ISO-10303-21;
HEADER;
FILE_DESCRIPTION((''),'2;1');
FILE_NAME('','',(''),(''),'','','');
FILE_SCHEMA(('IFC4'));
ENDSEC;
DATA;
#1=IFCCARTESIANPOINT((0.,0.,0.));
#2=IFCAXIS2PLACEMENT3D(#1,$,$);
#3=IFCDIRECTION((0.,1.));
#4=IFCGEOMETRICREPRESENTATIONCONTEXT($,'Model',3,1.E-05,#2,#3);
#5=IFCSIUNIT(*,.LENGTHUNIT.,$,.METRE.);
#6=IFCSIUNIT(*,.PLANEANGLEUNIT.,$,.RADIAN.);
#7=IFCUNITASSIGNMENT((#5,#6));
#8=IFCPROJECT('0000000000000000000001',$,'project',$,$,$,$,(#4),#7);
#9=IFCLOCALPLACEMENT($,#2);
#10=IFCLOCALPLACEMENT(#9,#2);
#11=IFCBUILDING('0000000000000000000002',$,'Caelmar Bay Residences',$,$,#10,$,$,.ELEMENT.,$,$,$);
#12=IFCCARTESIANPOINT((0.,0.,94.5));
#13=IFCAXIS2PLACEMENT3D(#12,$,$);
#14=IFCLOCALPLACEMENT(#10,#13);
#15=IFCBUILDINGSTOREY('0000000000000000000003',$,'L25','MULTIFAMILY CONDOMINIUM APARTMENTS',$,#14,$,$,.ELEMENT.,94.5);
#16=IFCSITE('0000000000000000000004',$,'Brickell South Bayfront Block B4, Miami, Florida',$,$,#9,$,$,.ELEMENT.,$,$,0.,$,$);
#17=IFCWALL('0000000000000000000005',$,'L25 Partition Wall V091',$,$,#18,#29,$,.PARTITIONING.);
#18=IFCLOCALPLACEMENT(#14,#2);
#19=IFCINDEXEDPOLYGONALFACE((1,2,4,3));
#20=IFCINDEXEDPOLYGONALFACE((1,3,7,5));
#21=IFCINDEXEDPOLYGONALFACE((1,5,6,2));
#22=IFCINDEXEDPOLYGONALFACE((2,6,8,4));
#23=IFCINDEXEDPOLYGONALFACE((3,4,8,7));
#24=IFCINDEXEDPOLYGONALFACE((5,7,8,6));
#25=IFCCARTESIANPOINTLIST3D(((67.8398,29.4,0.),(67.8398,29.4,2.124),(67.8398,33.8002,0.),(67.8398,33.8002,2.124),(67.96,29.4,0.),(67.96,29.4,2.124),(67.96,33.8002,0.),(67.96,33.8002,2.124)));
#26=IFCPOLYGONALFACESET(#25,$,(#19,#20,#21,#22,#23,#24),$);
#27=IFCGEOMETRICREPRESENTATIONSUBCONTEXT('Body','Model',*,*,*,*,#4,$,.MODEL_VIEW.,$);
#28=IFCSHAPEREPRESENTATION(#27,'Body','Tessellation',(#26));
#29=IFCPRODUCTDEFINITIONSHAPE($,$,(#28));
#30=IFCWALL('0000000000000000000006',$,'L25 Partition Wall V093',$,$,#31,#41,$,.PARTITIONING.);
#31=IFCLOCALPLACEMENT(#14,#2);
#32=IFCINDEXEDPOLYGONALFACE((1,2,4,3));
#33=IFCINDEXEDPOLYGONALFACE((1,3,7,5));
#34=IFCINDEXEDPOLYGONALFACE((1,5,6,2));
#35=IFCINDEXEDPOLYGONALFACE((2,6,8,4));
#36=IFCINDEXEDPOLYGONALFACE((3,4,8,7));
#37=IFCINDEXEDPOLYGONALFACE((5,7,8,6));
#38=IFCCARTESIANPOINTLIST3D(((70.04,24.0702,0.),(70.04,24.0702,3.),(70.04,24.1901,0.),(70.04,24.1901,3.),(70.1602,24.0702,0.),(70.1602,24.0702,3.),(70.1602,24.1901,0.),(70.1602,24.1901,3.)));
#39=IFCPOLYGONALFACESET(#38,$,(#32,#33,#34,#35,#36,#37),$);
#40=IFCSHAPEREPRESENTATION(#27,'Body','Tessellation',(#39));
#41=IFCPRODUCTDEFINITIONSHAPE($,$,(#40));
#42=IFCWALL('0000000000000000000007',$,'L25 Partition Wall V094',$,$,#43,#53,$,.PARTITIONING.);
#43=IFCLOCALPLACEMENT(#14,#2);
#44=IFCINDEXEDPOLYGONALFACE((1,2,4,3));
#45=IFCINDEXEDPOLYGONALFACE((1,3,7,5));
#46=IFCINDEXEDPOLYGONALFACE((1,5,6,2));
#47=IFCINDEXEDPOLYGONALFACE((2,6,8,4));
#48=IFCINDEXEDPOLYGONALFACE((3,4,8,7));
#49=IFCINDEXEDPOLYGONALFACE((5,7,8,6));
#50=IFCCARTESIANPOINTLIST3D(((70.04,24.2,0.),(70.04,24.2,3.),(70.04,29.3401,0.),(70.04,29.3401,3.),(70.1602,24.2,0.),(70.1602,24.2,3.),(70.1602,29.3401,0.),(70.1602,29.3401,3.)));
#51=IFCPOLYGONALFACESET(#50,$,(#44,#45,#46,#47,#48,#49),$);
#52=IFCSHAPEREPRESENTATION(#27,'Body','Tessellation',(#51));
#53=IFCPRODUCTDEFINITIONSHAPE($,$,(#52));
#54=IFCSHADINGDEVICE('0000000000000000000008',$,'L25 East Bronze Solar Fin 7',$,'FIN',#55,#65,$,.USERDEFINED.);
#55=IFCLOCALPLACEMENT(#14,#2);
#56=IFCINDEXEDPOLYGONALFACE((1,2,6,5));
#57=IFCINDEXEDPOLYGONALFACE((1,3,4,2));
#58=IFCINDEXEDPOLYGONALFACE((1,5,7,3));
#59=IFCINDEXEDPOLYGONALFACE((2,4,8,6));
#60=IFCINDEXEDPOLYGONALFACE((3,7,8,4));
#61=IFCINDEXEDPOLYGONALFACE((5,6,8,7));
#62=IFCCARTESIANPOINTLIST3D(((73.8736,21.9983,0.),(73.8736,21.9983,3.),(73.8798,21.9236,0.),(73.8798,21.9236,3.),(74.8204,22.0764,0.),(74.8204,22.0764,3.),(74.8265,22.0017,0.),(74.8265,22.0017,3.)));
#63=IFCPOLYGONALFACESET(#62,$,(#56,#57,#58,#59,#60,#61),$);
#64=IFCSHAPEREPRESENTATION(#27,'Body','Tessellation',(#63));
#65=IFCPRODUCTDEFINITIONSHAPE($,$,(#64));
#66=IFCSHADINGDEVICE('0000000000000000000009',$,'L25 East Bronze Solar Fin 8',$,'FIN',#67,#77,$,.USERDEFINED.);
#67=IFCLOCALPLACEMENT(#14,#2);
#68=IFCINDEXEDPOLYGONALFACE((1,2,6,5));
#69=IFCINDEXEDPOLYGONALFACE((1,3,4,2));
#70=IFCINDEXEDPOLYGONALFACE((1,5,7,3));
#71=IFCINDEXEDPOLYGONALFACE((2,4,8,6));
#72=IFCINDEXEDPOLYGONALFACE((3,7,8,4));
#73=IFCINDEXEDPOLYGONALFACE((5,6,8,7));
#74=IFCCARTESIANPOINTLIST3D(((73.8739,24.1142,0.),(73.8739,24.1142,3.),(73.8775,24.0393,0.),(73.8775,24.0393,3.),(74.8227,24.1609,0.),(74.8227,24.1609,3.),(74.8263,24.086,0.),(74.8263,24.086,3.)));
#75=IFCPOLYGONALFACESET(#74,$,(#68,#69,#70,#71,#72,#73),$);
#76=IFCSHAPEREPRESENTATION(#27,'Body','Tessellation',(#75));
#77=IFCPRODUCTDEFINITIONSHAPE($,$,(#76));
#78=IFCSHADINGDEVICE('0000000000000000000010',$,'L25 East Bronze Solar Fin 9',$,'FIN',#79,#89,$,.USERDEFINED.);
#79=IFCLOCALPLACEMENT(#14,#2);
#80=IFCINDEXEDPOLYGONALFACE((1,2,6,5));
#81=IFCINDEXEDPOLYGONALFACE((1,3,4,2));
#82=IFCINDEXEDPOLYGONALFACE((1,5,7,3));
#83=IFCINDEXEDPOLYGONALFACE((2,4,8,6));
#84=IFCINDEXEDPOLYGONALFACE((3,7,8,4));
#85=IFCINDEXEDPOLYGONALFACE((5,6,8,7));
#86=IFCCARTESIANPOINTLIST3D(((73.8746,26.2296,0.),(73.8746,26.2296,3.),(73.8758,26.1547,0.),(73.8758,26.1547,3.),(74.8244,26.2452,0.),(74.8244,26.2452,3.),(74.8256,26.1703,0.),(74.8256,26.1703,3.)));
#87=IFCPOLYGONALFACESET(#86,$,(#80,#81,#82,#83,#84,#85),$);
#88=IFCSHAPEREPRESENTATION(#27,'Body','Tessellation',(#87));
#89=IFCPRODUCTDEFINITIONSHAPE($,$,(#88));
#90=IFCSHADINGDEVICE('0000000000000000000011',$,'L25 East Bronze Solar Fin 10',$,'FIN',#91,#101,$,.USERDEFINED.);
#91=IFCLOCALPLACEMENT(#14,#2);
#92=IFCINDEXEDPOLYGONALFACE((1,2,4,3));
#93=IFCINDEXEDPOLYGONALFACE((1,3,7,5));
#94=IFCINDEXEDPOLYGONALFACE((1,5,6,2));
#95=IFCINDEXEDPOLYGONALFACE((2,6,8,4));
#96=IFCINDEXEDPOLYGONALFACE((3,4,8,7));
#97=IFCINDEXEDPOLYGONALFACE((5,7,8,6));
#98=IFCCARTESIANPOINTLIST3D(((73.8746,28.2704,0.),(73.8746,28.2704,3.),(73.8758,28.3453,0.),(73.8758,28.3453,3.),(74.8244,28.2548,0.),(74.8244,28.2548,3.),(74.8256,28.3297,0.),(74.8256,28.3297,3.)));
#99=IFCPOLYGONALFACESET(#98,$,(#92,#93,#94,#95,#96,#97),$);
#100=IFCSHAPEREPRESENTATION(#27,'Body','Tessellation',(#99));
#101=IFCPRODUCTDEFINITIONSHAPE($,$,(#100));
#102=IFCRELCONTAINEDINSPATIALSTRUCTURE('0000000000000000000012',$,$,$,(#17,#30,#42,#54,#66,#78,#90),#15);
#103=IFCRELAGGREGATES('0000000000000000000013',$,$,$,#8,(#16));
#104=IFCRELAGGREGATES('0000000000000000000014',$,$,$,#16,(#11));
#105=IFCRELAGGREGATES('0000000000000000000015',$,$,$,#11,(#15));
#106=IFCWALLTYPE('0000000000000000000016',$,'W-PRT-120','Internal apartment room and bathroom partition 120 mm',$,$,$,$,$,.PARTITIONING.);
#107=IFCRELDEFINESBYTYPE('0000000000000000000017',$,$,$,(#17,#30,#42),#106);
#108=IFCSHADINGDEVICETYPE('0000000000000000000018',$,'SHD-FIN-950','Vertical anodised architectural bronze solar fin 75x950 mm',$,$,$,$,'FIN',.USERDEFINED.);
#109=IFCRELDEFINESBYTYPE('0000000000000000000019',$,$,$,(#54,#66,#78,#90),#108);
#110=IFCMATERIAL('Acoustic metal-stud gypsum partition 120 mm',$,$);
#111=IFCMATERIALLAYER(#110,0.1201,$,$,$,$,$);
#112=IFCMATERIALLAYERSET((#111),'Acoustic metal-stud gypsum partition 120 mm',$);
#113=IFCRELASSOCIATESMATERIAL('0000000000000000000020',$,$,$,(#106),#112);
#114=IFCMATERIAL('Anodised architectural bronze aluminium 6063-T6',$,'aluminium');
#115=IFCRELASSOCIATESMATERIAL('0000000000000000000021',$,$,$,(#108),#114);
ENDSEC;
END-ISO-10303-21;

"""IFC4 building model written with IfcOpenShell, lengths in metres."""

from ifc_helpers import new_model, si_unit, direction, frame, frame_2d, origin, origin_2d, place, context, subcontext, project, spatial, rectangle, extrude, material, layer, layer_set, material_profile, profile_set, type_object, element, save


model = new_model("IFC4")

# Units and contexts
model_context = context("Model", 3, precision=1e-05, world=origin(), true_north=direction((0.0, 1.0)))
body_context = subcontext(model_context, "Body", "Model", "MODEL_VIEW")
ifc_project = project(units=[si_unit("LENGTHUNIT", "METRE"), si_unit("PLANEANGLEUNIT", "RADIAN")], contexts=[model_context])

# Site, building, storey
site_placement = place(None, origin())
site = spatial("IfcSite", under=ifc_project, at=site_placement, Name="Brickell South Bayfront Block B4, Miami, Florida", CompositionType="ELEMENT", RefElevation=0.0)
building_placement = place(site_placement, origin())
building = spatial("IfcBuilding", under=site, at=building_placement, Name="Caelmar Bay Residences", CompositionType="ELEMENT")
storey_placement = place(building_placement, frame((0.0, 0.0, 94.5)))
storey = spatial("IfcBuildingStorey", under=building, at=storey_placement, Name="L25", Description="MULTIFAMILY CONDOMINIUM APARTMENTS", CompositionType="ELEMENT", Elevation=94.5)

# Shared definitions
ifc_material_1 = material(Name="Acoustic metal-stud gypsum partition 120 mm")
ifc_layer_1 = layer(ifc_material_1, 0.1201)
ifc_layer_set_1 = layer_set([ifc_layer_1], Name="Acoustic metal-stud gypsum partition 120 mm")
wall_type = type_object("IfcWallType", Name="W-PRT-120", Description="Internal apartment room and bathroom partition 120 mm", PredefinedType="PARTITIONING", material=ifc_layer_set_1)

# Walls
wall_1_placement = place(storey_placement, frame((67.8999, 29.3999, 0.0), z_axis=(0.0, 0.0, 1.0), x_axis=(0.0, 1.0, 0.0)))
element("IfcWall", 1, at=wall_1_placement, inside=storey, type_object=wall_type, Name="L25 Partition Wall V091", PredefinedType="PARTITIONING", context=body_context, shape_type="SweptSolid", body=[
    extrude(rectangle(XDim=4.4001, YDim=0.1201, at=frame_2d((2.2002, 0.0))), origin(), (0.0, 0.0, 1.0), 2.124),
])
wall_2_placement = place(storey_placement, frame((70.1001, 24.0701, 0.0), z_axis=(0.0, 0.0, 1.0), x_axis=(0.0, 1.0, 0.0)))
element("IfcWall", 2, at=wall_2_placement, inside=storey, type_object=wall_type, Name="L25 Partition Wall V093", PredefinedType="PARTITIONING", context=body_context, shape_type="SweptSolid", body=[
    extrude(rectangle(XDim=0.1199, YDim=0.1201, at=frame_2d((0.0601, 0.0))), origin(), (0.0, 0.0, 1.0), 3.0),
])
wall_3_placement = place(storey_placement, frame((70.1001, 24.2, 0.0), z_axis=(0.0, 0.0, 1.0), x_axis=(0.0, 1.0, 0.0)))
element("IfcWall", 3, at=wall_3_placement, inside=storey, type_object=wall_type, Name="L25 Partition Wall V094", PredefinedType="PARTITIONING", context=body_context, shape_type="SweptSolid", body=[
    extrude(rectangle(XDim=5.1401, YDim=0.1201, at=frame_2d((2.5701, 0.0))), origin(), (0.0, 0.0, 1.0), 3.0),
])

# Shading devices
ifc_material_2 = material(Name="Anodised architectural bronze aluminium 6063-T6", Category="aluminium")
ifc_material_profile_1 = material_profile(ifc_material_2, rectangle(XDim=0.075, YDim=0.95, at=origin_2d()), Name="BRONZE-FIN-75X950")
ifc_profile_set_1 = profile_set([ifc_material_profile_1], Name="Anodised architectural bronze aluminium 6063-T6")
shading_device_type = type_object("IfcShadingDeviceType", Name="SHD-FIN-950", Description="Vertical anodised architectural bronze solar fin 75x950 mm", ElementType="FIN", PredefinedType="USERDEFINED", material=ifc_profile_set_1)
for number, where, z_axis, x_axis, name in (
    (4, (74.3501, 22.0, 0.0), (0.0, 0.0, 1.0), (-0.082112, 0.996623, 0.0), "L25 East Bronze Solar Fin 7"),
    (5, (74.3501, 24.1001, 0.0), (0.0, 0.0, 1.0), (-0.049198, 0.998789, 0.0), "L25 East Bronze Solar Fin 8"),
    (6, (74.3501, 26.2, 0.0), (0.0, 0.0, 1.0), (-0.016405, 0.999865, 0.0), "L25 East Bronze Solar Fin 9"),
    (7, (74.3501, 28.3, 0.0), (0.0, 0.0, 1.0), (0.016405, 0.999865, 0.0), "L25 East Bronze Solar Fin 10"),
):
    element("IfcShadingDevice", number, at=place(storey_placement, frame(where, z_axis=z_axis, x_axis=x_axis)), inside=storey, type_object=shading_device_type, Name=name, ObjectType="FIN", PredefinedType="USERDEFINED", context=body_context, shape_type="SweptSolid", body=[
        extrude(rectangle(XDim=0.075, YDim=0.95, at=origin_2d()), origin(), (0.0, 0.0, 1.0), 3.0),
    ])

save(model, "model.ifc")
